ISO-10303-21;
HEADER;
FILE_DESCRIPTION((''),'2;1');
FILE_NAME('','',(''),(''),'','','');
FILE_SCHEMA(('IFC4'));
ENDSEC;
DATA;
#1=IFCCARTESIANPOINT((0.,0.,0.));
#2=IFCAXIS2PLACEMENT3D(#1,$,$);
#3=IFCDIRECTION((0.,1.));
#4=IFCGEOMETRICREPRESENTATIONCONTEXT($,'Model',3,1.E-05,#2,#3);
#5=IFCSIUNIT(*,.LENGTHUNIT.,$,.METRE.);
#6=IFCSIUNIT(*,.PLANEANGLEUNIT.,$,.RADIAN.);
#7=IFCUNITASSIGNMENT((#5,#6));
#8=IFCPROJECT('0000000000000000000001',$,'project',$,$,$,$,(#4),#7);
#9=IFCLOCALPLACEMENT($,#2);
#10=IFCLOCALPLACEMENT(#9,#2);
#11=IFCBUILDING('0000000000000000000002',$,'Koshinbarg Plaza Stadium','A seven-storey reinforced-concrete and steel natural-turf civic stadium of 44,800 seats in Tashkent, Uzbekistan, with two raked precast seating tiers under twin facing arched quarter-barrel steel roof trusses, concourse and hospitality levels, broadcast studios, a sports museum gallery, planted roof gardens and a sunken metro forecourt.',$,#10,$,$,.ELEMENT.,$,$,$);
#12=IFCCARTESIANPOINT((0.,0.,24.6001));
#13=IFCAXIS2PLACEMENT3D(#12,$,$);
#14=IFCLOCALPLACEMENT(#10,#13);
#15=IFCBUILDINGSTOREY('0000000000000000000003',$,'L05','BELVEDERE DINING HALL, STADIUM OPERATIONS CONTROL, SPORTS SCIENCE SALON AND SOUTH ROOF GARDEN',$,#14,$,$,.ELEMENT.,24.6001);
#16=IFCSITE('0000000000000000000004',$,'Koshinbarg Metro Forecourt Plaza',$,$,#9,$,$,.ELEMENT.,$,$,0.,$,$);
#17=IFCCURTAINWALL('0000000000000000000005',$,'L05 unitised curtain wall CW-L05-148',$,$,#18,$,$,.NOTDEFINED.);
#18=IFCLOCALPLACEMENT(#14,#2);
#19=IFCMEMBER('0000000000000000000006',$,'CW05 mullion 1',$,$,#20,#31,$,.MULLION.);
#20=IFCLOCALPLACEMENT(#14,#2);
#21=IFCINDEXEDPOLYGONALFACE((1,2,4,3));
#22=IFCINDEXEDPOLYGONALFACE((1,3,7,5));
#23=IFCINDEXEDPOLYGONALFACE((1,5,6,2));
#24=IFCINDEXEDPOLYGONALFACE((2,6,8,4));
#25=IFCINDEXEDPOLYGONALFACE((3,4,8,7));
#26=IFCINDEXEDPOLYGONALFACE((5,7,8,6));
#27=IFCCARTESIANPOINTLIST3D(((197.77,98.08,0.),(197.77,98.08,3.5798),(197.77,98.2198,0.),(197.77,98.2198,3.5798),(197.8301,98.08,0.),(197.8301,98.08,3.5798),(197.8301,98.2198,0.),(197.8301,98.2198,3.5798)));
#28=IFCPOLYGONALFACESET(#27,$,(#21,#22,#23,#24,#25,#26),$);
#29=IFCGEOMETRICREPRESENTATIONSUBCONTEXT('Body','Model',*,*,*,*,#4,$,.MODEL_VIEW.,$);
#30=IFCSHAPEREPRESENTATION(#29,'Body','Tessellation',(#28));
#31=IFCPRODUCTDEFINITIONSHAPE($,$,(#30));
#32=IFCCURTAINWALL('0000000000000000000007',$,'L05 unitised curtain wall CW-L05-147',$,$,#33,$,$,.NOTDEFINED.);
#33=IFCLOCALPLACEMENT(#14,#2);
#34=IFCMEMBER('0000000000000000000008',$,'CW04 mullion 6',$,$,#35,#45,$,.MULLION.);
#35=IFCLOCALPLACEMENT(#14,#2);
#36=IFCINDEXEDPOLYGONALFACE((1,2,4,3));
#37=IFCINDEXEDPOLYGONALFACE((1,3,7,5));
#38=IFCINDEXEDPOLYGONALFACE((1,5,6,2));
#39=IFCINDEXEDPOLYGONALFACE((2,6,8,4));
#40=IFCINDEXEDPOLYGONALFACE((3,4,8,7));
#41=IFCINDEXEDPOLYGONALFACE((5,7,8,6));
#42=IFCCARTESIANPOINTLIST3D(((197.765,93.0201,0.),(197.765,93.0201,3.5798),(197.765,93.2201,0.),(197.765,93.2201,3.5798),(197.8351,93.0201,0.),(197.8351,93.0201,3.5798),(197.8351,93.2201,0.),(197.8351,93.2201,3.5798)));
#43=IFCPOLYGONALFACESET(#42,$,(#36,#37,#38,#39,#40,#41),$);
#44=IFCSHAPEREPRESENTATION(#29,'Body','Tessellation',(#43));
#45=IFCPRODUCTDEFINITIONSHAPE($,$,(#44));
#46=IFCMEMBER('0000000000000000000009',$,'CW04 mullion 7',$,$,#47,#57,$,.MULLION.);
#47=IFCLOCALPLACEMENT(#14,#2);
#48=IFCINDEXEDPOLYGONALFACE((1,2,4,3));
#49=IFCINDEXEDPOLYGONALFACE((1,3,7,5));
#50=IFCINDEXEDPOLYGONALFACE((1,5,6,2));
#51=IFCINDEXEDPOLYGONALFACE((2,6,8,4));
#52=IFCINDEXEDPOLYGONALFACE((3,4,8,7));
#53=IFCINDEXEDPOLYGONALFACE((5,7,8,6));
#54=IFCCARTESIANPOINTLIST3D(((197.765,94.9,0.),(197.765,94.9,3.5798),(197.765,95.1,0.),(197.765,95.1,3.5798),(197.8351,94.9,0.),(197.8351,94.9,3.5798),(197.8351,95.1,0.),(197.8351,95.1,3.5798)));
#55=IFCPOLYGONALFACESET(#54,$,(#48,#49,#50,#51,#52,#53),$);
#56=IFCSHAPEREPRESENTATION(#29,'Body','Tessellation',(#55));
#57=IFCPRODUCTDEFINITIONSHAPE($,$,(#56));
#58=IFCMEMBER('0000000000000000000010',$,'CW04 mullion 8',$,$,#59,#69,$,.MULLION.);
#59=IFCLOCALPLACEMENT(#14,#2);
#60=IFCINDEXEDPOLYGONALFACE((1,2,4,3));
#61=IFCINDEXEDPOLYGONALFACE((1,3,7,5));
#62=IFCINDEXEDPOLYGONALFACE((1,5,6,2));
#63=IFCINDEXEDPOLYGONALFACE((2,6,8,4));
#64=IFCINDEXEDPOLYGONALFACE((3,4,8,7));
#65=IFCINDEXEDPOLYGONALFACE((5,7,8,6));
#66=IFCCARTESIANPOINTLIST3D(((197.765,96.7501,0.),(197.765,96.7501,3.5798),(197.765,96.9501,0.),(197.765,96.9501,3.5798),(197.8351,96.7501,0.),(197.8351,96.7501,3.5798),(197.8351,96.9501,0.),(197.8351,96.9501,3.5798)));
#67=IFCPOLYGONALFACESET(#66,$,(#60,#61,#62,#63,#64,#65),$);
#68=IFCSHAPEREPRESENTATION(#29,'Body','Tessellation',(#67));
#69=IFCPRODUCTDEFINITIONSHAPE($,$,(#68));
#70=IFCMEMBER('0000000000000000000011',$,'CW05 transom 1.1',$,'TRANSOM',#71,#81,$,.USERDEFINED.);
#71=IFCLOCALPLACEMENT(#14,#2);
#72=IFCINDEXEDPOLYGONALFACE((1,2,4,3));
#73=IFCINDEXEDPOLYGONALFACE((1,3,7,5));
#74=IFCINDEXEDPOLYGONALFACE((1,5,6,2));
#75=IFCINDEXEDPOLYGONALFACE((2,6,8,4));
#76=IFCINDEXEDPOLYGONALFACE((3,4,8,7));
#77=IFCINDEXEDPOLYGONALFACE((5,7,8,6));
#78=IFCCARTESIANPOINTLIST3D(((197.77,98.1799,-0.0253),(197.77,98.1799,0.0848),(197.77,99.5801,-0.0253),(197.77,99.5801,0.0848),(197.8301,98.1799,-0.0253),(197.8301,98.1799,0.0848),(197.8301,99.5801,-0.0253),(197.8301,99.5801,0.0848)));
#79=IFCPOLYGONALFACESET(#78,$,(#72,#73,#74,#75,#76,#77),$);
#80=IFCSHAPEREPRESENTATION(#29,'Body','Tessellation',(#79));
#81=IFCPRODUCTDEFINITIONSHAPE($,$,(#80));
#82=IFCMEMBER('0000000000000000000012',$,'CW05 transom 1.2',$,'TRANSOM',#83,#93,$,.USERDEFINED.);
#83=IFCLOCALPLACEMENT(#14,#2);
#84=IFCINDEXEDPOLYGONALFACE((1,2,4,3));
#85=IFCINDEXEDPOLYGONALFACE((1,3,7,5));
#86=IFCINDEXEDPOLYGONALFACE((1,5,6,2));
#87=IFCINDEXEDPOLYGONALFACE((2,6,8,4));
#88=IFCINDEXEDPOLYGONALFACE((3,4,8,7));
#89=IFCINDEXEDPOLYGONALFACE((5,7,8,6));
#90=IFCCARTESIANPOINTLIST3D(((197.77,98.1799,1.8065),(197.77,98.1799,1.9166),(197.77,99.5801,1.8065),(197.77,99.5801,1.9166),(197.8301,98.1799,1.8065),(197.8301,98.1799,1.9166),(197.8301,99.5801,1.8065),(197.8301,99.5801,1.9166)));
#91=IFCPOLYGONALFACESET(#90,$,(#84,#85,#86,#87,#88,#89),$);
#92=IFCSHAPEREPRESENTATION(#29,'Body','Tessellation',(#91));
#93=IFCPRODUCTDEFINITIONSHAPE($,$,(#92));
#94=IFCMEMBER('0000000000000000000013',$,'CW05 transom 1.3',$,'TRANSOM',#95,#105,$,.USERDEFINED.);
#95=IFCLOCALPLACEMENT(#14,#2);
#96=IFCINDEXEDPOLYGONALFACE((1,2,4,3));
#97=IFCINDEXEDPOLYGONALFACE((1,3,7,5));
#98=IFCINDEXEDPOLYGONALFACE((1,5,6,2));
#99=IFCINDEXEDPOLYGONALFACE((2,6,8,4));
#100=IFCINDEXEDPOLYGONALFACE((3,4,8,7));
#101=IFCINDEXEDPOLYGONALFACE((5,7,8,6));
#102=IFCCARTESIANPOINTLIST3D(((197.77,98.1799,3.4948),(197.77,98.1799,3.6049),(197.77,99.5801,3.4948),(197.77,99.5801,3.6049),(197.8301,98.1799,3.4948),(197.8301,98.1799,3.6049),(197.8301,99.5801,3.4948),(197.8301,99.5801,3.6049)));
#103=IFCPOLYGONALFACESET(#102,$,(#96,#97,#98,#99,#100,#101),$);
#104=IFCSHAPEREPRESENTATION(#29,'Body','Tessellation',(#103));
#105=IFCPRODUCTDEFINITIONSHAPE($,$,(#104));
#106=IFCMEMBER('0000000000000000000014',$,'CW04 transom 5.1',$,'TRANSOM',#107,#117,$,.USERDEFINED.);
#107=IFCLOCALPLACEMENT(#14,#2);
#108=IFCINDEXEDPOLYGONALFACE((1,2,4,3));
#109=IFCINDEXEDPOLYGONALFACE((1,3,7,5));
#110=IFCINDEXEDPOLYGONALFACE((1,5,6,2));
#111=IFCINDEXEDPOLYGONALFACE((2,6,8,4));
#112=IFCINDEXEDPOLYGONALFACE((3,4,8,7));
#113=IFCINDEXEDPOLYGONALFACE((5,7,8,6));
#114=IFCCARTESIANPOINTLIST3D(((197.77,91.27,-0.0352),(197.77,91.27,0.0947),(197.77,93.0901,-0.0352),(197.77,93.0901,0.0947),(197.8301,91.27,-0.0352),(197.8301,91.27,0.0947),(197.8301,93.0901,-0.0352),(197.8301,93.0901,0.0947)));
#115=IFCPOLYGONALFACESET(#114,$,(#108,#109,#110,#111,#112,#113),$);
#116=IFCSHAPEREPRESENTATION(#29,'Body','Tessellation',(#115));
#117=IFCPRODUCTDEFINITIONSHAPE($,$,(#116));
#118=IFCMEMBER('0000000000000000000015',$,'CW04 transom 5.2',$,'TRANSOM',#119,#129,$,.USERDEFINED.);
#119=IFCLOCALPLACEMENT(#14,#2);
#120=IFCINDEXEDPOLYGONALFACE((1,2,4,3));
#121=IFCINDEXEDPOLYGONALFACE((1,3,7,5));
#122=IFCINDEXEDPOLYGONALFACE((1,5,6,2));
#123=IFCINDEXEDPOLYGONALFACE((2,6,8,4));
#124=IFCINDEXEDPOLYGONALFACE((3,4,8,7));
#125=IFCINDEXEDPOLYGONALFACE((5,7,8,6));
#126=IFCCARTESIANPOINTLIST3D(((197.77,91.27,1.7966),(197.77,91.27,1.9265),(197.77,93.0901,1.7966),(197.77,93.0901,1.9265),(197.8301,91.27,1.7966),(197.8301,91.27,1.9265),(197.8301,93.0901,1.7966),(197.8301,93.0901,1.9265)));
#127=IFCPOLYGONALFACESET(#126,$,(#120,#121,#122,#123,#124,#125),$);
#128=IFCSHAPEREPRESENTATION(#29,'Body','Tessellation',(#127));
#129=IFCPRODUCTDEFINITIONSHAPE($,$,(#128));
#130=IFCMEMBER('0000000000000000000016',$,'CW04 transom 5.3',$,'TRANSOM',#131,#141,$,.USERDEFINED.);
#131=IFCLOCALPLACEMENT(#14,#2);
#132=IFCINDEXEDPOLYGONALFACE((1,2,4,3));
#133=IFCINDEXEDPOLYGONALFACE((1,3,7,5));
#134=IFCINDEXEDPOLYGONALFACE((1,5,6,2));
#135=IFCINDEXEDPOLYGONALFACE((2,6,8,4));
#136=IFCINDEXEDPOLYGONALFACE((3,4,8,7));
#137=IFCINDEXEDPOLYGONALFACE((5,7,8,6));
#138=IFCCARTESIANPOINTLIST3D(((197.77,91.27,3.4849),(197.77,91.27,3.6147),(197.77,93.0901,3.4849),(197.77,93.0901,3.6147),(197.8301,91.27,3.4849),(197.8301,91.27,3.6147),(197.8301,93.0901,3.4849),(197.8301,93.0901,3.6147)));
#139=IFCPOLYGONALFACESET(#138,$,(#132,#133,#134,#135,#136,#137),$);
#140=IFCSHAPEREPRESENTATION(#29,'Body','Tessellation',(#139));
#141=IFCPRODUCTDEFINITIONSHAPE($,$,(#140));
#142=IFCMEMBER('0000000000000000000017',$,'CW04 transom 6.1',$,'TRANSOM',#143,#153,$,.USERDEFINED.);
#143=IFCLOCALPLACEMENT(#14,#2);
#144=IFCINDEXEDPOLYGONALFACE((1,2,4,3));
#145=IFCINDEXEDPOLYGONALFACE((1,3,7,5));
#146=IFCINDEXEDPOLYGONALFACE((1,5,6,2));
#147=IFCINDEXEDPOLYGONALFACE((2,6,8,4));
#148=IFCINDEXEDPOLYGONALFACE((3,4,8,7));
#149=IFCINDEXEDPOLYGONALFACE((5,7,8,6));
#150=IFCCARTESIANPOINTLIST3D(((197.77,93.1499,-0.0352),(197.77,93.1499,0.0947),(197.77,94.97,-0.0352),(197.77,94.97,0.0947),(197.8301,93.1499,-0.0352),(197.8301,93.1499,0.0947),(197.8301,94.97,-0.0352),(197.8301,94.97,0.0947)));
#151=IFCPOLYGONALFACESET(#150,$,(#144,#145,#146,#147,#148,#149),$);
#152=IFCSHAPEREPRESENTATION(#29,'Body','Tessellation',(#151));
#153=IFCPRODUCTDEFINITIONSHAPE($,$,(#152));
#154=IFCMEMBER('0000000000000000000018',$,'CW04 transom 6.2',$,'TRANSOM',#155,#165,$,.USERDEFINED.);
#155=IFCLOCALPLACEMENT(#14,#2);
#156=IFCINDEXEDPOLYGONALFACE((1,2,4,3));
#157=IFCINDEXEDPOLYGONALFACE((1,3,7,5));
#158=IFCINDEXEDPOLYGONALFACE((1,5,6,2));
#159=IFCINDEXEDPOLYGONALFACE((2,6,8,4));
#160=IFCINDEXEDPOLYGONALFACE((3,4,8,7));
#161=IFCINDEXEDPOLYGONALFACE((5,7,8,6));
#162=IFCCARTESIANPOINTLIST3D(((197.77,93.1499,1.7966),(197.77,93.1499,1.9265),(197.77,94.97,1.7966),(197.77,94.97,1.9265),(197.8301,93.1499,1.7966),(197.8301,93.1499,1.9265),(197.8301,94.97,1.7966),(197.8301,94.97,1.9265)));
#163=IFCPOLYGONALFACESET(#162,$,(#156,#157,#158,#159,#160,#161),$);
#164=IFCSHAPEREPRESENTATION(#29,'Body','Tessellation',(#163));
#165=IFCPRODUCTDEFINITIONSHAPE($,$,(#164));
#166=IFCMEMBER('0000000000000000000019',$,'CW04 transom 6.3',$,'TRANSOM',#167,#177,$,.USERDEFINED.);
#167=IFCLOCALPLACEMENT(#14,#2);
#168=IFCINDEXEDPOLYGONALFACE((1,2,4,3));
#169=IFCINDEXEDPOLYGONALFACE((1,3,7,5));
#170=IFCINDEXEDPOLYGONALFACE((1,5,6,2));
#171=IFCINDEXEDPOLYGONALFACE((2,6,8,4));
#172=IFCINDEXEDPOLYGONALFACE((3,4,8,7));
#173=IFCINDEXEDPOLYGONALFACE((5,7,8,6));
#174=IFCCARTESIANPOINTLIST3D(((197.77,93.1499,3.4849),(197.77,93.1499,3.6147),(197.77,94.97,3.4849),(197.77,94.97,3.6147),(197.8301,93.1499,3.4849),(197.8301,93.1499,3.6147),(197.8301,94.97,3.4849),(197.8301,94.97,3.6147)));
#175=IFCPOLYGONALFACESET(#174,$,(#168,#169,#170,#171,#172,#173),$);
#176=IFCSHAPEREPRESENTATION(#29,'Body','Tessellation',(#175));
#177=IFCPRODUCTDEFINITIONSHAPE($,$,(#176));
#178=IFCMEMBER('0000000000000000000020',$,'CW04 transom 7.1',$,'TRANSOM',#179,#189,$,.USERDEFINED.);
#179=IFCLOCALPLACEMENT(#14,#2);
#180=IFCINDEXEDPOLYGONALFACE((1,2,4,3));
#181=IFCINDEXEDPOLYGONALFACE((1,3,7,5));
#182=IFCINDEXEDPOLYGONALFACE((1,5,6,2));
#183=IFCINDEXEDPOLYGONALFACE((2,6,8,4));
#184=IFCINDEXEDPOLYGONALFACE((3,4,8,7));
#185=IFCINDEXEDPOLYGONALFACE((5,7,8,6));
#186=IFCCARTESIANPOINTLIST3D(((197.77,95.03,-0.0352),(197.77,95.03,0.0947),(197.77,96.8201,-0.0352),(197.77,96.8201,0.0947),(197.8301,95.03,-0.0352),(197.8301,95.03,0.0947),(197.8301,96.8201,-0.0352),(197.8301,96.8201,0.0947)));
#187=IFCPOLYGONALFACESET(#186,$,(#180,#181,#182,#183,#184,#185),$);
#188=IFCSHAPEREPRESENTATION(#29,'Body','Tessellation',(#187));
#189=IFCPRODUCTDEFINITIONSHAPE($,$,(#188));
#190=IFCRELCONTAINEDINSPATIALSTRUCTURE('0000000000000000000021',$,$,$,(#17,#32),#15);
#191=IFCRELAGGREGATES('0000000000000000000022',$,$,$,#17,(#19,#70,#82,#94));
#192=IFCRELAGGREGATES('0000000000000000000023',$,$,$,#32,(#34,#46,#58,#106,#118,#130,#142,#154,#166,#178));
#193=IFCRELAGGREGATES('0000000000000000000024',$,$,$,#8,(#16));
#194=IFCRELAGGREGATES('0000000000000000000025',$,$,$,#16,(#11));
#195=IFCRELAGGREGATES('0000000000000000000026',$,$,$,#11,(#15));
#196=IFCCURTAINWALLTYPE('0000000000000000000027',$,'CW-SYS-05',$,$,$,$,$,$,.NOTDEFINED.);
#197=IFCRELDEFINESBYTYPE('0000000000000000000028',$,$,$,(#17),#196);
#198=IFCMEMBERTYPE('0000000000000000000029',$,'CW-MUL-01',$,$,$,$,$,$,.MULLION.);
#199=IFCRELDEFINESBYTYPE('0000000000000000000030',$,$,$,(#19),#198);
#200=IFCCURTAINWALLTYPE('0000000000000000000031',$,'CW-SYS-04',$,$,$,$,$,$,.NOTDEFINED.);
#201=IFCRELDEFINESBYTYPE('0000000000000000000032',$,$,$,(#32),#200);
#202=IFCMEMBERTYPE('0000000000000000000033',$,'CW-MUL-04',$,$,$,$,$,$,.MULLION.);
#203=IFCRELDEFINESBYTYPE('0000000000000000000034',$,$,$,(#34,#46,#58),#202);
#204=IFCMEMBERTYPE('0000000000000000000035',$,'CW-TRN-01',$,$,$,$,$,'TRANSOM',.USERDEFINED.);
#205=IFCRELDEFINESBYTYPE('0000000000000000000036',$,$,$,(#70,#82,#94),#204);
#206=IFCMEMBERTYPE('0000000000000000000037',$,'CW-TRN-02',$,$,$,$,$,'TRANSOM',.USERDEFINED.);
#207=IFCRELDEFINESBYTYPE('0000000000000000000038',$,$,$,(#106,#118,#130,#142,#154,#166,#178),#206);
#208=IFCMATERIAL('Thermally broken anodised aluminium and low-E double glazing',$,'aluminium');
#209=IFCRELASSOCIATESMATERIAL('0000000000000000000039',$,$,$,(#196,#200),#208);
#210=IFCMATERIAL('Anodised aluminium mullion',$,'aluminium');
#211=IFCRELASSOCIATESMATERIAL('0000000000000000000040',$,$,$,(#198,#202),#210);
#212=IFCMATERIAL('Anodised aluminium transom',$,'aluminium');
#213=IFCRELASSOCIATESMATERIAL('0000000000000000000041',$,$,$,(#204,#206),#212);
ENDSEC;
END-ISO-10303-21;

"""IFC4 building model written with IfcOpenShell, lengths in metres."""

from ifc_helpers import new_model, si_unit, direction, frame, origin, origin_2d, place, context, subcontext, project, spatial, rectangle, extrude, material, material_profile, profile_set, type_object, element, aggregate, save


model = new_model("IFC4")

# Units and contexts
model_context = context("Model", 3, precision=1e-05, world=origin(), true_north=direction((0.0, 1.0)))
body_context = subcontext(model_context, "Body", "Model", "MODEL_VIEW")
ifc_project = project(units=[si_unit("LENGTHUNIT", "METRE"), si_unit("PLANEANGLEUNIT", "RADIAN")], contexts=[model_context])

# Site, building, storey
site_placement = place(None, origin())
site = spatial("IfcSite", under=ifc_project, at=site_placement, Name="Koshinbarg Metro Forecourt Plaza", CompositionType="ELEMENT", RefElevation=0.0)
building_placement = place(site_placement, origin())
building = spatial("IfcBuilding", under=site, at=building_placement, Name="Koshinbarg Plaza Stadium", Description="A seven-storey reinforced-concrete and steel natural-turf civic stadium of 44,800 seats in Tashkent, Uzbekistan, with two raked precast seating tiers under twin facing arched quarter-barrel steel roof trusses, concourse and hospitality levels, broadcast studios, a sports museum gallery, planted roof gardens and a sunken metro forecourt.", CompositionType="ELEMENT")
storey_placement = place(building_placement, frame((0.0, 0.0, 24.6001)))
storey = spatial("IfcBuildingStorey", under=building, at=storey_placement, Name="L05", Description="BELVEDERE DINING HALL, STADIUM OPERATIONS CONTROL, SPORTS SCIENCE SALON AND SOUTH ROOF GARDEN", CompositionType="ELEMENT", Elevation=24.6001)

# Curtain wall, member
ifc_material_1 = material(Name="Thermally broken anodised aluminium and low-E double glazing", Category="aluminium")
curtain_wall_type_1 = type_object("IfcCurtainWallType", Name="CW-SYS-05", PredefinedType="NOTDEFINED", material=ifc_material_1)
curtain_wall_1_placement = place(storey_placement, origin())
curtain_wall_1 = element("IfcCurtainWall", 1, at=curtain_wall_1_placement, inside=storey, type_object=curtain_wall_type_1, Name="L05 unitised curtain wall CW-L05-148", PredefinedType="NOTDEFINED")
ifc_material_2 = material(Name="Anodised aluminium mullion", Category="aluminium")
ifc_material_profile_1 = material_profile(ifc_material_2, rectangle(XDim=0.0601, YDim=0.1399, at=origin_2d()), Name="ALU 60x140")
ifc_profile_set_1 = profile_set([ifc_material_profile_1], Name="Anodised aluminium mullion")
member_type_1 = type_object("IfcMemberType", Name="CW-MUL-01", PredefinedType="MULLION", material=ifc_profile_set_1)
member_1_placement = place(storey_placement, frame((197.8, 98.1499, 0.0), z_axis=(0.0, 0.0, 1.0), x_axis=(-1.0, 0.0, 0.0)))
member_1 = element("IfcMember", 2, at=member_1_placement, type_object=member_type_1, Name="CW05 mullion 1", PredefinedType="MULLION", context=body_context, shape_type="SweptSolid", body=[
    extrude(rectangle(XDim=0.0601, YDim=0.1399, at=origin_2d()), origin(), (0.0, 0.0, 1.0), 3.5798),
])

# Curtain wall, members
curtain_wall_type_2 = type_object("IfcCurtainWallType", Name="CW-SYS-04", PredefinedType="NOTDEFINED", material=ifc_material_1)
curtain_wall_2_placement = place(storey_placement, origin())
curtain_wall_2 = element("IfcCurtainWall", 3, at=curtain_wall_2_placement, inside=storey, type_object=curtain_wall_type_2, Name="L05 unitised curtain wall CW-L05-147", PredefinedType="NOTDEFINED")
ifc_material_profile_2 = material_profile(ifc_material_2, rectangle(XDim=0.0701, YDim=0.2, at=origin_2d()), Name="ALU 70x200")
ifc_profile_set_2 = profile_set([ifc_material_profile_2], Name="Anodised aluminium mullion")
member_type_2 = type_object("IfcMemberType", Name="CW-MUL-04", PredefinedType="MULLION", material=ifc_profile_set_2)
member_2_placement = place(storey_placement, frame((197.8, 93.1201, 0.0), z_axis=(0.0, 0.0, 1.0), x_axis=(-1.0, 0.0, 0.0)))
member_2 = element("IfcMember", 4, at=member_2_placement, type_object=member_type_2, Name="CW04 mullion 6", PredefinedType="MULLION", context=body_context, shape_type="SweptSolid", body=[
    extrude(rectangle(XDim=0.0701, YDim=0.2, at=origin_2d()), origin(), (0.0, 0.0, 1.0), 3.5798),
])
member_3_placement = place(storey_placement, frame((197.8, 95.0, 0.0), z_axis=(0.0, 0.0, 1.0), x_axis=(-1.0, 0.0, 0.0)))
member_3 = element("IfcMember", 5, at=member_3_placement, type_object=member_type_2, Name="CW04 mullion 7", PredefinedType="MULLION", context=body_context, shape_type="SweptSolid", body=[
    extrude(rectangle(XDim=0.0701, YDim=0.2, at=origin_2d()), origin(), (0.0, 0.0, 1.0), 3.5798),
])
member_4_placement = place(storey_placement, frame((197.8, 96.8501, 0.0), z_axis=(0.0, 0.0, 1.0), x_axis=(-1.0, 0.0, 0.0)))
member_4 = element("IfcMember", 6, at=member_4_placement, type_object=member_type_2, Name="CW04 mullion 8", PredefinedType="MULLION", context=body_context, shape_type="SweptSolid", body=[
    extrude(rectangle(XDim=0.0701, YDim=0.2, at=origin_2d()), origin(), (0.0, 0.0, 1.0), 3.5798),
])

# Members
ifc_material_3 = material(Name="Anodised aluminium transom", Category="aluminium")
ifc_material_profile_3 = material_profile(ifc_material_3, rectangle(XDim=0.0601, YDim=0.1101, at=origin_2d()), Name="ALU 60x110")
ifc_profile_set_3 = profile_set([ifc_material_profile_3], Name="Anodised aluminium transom")
member_type_3 = type_object("IfcMemberType", Name="CW-TRN-01", ElementType="TRANSOM", PredefinedType="USERDEFINED", material=ifc_profile_set_3)
member_5_placement = place(storey_placement, frame((197.8, 98.1799, 0.0298), z_axis=(0.0, 1.0, 0.0), x_axis=(-1.0, 0.0, 0.0)))
member_5 = element("IfcMember", 7, at=member_5_placement, type_object=member_type_3, Name="CW05 transom 1.1", ObjectType="TRANSOM", PredefinedType="USERDEFINED", context=body_context, shape_type="SweptSolid", body=[
    extrude(rectangle(XDim=0.0601, YDim=0.1101, at=origin_2d()), origin(), (0.0, 0.0, 1.0), 1.4001),
])
member_6_placement = place(storey_placement, frame((197.8, 98.1799, 1.8616), z_axis=(0.0, 1.0, 0.0), x_axis=(-1.0, 0.0, 0.0)))
member_6 = element("IfcMember", 8, at=member_6_placement, type_object=member_type_3, Name="CW05 transom 1.2", ObjectType="TRANSOM", PredefinedType="USERDEFINED", context=body_context, shape_type="SweptSolid", body=[
    extrude(rectangle(XDim=0.0601, YDim=0.1101, at=origin_2d()), origin(), (0.0, 0.0, 1.0), 1.4001),
])
member_7_placement = place(storey_placement, frame((197.8, 98.1799, 3.5498), z_axis=(0.0, 1.0, 0.0), x_axis=(-1.0, 0.0, 0.0)))
member_7 = element("IfcMember", 9, at=member_7_placement, type_object=member_type_3, Name="CW05 transom 1.3", ObjectType="TRANSOM", PredefinedType="USERDEFINED", context=body_context, shape_type="SweptSolid", body=[
    extrude(rectangle(XDim=0.0601, YDim=0.1101, at=origin_2d()), origin(), (0.0, 0.0, 1.0), 1.4001),
])
aggregate(curtain_wall_1, [member_1, member_5, member_6, member_7])
ifc_material_profile_4 = material_profile(ifc_material_3, rectangle(XDim=0.0601, YDim=0.1299, at=origin_2d()), Name="ALU 60x130")
ifc_profile_set_4 = profile_set([ifc_material_profile_4], Name="Anodised aluminium transom")
member_type_4 = type_object("IfcMemberType", Name="CW-TRN-02", ElementType="TRANSOM", PredefinedType="USERDEFINED", material=ifc_profile_set_4)
member_8_placement = place(storey_placement, frame((197.8, 91.27, 0.0298), z_axis=(0.0, 1.0, 0.0), x_axis=(-1.0, 0.0, 0.0)))
member_8 = element("IfcMember", 10, at=member_8_placement, type_object=member_type_4, Name="CW04 transom 5.1", ObjectType="TRANSOM", PredefinedType="USERDEFINED", context=body_context, shape_type="SweptSolid", body=[
    extrude(rectangle(XDim=0.0601, YDim=0.1299, at=origin_2d()), origin(), (0.0, 0.0, 1.0), 1.8201),
])
member_9_placement = place(storey_placement, frame((197.8, 91.27, 1.8616), z_axis=(0.0, 1.0, 0.0), x_axis=(-1.0, 0.0, 0.0)))
member_9 = element("IfcMember", 11, at=member_9_placement, type_object=member_type_4, Name="CW04 transom 5.2", ObjectType="TRANSOM", PredefinedType="USERDEFINED", context=body_context, shape_type="SweptSolid", body=[
    extrude(rectangle(XDim=0.0601, YDim=0.1299, at=origin_2d()), origin(), (0.0, 0.0, 1.0), 1.8201),
])
member_10_placement = place(storey_placement, frame((197.8, 91.27, 3.5498), z_axis=(0.0, 1.0, 0.0), x_axis=(-1.0, 0.0, 0.0)))
member_10 = element("IfcMember", 12, at=member_10_placement, type_object=member_type_4, Name="CW04 transom 5.3", ObjectType="TRANSOM", PredefinedType="USERDEFINED", context=body_context, shape_type="SweptSolid", body=[
    extrude(rectangle(XDim=0.0601, YDim=0.1299, at=origin_2d()), origin(), (0.0, 0.0, 1.0), 1.8201),
])
member_11_placement = place(storey_placement, frame((197.8, 93.1499, 0.0298), z_axis=(0.0, 1.0, 0.0), x_axis=(-1.0, 0.0, 0.0)))
member_11 = element("IfcMember", 13, at=member_11_placement, type_object=member_type_4, Name="CW04 transom 6.1", ObjectType="TRANSOM", PredefinedType="USERDEFINED", context=body_context, shape_type="SweptSolid", body=[
    extrude(rectangle(XDim=0.0601, YDim=0.1299, at=origin_2d()), origin(), (0.0, 0.0, 1.0), 1.8201),
])
member_12_placement = place(storey_placement, frame((197.8, 93.1499, 1.8616), z_axis=(0.0, 1.0, 0.0), x_axis=(-1.0, 0.0, 0.0)))
member_12 = element("IfcMember", 14, at=member_12_placement, type_object=member_type_4, Name="CW04 transom 6.2", ObjectType="TRANSOM", PredefinedType="USERDEFINED", context=body_context, shape_type="SweptSolid", body=[
    extrude(rectangle(XDim=0.0601, YDim=0.1299, at=origin_2d()), origin(), (0.0, 0.0, 1.0), 1.8201),
])
member_13_placement = place(storey_placement, frame((197.8, 93.1499, 3.5498), z_axis=(0.0, 1.0, 0.0), x_axis=(-1.0, 0.0, 0.0)))
member_13 = element("IfcMember", 15, at=member_13_placement, type_object=member_type_4, Name="CW04 transom 6.3", ObjectType="TRANSOM", PredefinedType="USERDEFINED", context=body_context, shape_type="SweptSolid", body=[
    extrude(rectangle(XDim=0.0601, YDim=0.1299, at=origin_2d()), origin(), (0.0, 0.0, 1.0), 1.8201),
])
member_14_placement = place(storey_placement, frame((197.8, 95.03, 0.0298), z_axis=(0.0, 1.0, 0.0), x_axis=(-1.0, 0.0, 0.0)))
member_14 = element("IfcMember", 16, at=member_14_placement, type_object=member_type_4, Name="CW04 transom 7.1", ObjectType="TRANSOM", PredefinedType="USERDEFINED", context=body_context, shape_type="SweptSolid", body=[
    extrude(rectangle(XDim=0.0601, YDim=0.1299, at=origin_2d()), origin(), (0.0, 0.0, 1.0), 1.79),
])

aggregate(curtain_wall_2, [member_2, member_3, member_4, member_8, member_9, member_10, member_11, member_12, member_13, member_14])

save(model, "model.ifc")
